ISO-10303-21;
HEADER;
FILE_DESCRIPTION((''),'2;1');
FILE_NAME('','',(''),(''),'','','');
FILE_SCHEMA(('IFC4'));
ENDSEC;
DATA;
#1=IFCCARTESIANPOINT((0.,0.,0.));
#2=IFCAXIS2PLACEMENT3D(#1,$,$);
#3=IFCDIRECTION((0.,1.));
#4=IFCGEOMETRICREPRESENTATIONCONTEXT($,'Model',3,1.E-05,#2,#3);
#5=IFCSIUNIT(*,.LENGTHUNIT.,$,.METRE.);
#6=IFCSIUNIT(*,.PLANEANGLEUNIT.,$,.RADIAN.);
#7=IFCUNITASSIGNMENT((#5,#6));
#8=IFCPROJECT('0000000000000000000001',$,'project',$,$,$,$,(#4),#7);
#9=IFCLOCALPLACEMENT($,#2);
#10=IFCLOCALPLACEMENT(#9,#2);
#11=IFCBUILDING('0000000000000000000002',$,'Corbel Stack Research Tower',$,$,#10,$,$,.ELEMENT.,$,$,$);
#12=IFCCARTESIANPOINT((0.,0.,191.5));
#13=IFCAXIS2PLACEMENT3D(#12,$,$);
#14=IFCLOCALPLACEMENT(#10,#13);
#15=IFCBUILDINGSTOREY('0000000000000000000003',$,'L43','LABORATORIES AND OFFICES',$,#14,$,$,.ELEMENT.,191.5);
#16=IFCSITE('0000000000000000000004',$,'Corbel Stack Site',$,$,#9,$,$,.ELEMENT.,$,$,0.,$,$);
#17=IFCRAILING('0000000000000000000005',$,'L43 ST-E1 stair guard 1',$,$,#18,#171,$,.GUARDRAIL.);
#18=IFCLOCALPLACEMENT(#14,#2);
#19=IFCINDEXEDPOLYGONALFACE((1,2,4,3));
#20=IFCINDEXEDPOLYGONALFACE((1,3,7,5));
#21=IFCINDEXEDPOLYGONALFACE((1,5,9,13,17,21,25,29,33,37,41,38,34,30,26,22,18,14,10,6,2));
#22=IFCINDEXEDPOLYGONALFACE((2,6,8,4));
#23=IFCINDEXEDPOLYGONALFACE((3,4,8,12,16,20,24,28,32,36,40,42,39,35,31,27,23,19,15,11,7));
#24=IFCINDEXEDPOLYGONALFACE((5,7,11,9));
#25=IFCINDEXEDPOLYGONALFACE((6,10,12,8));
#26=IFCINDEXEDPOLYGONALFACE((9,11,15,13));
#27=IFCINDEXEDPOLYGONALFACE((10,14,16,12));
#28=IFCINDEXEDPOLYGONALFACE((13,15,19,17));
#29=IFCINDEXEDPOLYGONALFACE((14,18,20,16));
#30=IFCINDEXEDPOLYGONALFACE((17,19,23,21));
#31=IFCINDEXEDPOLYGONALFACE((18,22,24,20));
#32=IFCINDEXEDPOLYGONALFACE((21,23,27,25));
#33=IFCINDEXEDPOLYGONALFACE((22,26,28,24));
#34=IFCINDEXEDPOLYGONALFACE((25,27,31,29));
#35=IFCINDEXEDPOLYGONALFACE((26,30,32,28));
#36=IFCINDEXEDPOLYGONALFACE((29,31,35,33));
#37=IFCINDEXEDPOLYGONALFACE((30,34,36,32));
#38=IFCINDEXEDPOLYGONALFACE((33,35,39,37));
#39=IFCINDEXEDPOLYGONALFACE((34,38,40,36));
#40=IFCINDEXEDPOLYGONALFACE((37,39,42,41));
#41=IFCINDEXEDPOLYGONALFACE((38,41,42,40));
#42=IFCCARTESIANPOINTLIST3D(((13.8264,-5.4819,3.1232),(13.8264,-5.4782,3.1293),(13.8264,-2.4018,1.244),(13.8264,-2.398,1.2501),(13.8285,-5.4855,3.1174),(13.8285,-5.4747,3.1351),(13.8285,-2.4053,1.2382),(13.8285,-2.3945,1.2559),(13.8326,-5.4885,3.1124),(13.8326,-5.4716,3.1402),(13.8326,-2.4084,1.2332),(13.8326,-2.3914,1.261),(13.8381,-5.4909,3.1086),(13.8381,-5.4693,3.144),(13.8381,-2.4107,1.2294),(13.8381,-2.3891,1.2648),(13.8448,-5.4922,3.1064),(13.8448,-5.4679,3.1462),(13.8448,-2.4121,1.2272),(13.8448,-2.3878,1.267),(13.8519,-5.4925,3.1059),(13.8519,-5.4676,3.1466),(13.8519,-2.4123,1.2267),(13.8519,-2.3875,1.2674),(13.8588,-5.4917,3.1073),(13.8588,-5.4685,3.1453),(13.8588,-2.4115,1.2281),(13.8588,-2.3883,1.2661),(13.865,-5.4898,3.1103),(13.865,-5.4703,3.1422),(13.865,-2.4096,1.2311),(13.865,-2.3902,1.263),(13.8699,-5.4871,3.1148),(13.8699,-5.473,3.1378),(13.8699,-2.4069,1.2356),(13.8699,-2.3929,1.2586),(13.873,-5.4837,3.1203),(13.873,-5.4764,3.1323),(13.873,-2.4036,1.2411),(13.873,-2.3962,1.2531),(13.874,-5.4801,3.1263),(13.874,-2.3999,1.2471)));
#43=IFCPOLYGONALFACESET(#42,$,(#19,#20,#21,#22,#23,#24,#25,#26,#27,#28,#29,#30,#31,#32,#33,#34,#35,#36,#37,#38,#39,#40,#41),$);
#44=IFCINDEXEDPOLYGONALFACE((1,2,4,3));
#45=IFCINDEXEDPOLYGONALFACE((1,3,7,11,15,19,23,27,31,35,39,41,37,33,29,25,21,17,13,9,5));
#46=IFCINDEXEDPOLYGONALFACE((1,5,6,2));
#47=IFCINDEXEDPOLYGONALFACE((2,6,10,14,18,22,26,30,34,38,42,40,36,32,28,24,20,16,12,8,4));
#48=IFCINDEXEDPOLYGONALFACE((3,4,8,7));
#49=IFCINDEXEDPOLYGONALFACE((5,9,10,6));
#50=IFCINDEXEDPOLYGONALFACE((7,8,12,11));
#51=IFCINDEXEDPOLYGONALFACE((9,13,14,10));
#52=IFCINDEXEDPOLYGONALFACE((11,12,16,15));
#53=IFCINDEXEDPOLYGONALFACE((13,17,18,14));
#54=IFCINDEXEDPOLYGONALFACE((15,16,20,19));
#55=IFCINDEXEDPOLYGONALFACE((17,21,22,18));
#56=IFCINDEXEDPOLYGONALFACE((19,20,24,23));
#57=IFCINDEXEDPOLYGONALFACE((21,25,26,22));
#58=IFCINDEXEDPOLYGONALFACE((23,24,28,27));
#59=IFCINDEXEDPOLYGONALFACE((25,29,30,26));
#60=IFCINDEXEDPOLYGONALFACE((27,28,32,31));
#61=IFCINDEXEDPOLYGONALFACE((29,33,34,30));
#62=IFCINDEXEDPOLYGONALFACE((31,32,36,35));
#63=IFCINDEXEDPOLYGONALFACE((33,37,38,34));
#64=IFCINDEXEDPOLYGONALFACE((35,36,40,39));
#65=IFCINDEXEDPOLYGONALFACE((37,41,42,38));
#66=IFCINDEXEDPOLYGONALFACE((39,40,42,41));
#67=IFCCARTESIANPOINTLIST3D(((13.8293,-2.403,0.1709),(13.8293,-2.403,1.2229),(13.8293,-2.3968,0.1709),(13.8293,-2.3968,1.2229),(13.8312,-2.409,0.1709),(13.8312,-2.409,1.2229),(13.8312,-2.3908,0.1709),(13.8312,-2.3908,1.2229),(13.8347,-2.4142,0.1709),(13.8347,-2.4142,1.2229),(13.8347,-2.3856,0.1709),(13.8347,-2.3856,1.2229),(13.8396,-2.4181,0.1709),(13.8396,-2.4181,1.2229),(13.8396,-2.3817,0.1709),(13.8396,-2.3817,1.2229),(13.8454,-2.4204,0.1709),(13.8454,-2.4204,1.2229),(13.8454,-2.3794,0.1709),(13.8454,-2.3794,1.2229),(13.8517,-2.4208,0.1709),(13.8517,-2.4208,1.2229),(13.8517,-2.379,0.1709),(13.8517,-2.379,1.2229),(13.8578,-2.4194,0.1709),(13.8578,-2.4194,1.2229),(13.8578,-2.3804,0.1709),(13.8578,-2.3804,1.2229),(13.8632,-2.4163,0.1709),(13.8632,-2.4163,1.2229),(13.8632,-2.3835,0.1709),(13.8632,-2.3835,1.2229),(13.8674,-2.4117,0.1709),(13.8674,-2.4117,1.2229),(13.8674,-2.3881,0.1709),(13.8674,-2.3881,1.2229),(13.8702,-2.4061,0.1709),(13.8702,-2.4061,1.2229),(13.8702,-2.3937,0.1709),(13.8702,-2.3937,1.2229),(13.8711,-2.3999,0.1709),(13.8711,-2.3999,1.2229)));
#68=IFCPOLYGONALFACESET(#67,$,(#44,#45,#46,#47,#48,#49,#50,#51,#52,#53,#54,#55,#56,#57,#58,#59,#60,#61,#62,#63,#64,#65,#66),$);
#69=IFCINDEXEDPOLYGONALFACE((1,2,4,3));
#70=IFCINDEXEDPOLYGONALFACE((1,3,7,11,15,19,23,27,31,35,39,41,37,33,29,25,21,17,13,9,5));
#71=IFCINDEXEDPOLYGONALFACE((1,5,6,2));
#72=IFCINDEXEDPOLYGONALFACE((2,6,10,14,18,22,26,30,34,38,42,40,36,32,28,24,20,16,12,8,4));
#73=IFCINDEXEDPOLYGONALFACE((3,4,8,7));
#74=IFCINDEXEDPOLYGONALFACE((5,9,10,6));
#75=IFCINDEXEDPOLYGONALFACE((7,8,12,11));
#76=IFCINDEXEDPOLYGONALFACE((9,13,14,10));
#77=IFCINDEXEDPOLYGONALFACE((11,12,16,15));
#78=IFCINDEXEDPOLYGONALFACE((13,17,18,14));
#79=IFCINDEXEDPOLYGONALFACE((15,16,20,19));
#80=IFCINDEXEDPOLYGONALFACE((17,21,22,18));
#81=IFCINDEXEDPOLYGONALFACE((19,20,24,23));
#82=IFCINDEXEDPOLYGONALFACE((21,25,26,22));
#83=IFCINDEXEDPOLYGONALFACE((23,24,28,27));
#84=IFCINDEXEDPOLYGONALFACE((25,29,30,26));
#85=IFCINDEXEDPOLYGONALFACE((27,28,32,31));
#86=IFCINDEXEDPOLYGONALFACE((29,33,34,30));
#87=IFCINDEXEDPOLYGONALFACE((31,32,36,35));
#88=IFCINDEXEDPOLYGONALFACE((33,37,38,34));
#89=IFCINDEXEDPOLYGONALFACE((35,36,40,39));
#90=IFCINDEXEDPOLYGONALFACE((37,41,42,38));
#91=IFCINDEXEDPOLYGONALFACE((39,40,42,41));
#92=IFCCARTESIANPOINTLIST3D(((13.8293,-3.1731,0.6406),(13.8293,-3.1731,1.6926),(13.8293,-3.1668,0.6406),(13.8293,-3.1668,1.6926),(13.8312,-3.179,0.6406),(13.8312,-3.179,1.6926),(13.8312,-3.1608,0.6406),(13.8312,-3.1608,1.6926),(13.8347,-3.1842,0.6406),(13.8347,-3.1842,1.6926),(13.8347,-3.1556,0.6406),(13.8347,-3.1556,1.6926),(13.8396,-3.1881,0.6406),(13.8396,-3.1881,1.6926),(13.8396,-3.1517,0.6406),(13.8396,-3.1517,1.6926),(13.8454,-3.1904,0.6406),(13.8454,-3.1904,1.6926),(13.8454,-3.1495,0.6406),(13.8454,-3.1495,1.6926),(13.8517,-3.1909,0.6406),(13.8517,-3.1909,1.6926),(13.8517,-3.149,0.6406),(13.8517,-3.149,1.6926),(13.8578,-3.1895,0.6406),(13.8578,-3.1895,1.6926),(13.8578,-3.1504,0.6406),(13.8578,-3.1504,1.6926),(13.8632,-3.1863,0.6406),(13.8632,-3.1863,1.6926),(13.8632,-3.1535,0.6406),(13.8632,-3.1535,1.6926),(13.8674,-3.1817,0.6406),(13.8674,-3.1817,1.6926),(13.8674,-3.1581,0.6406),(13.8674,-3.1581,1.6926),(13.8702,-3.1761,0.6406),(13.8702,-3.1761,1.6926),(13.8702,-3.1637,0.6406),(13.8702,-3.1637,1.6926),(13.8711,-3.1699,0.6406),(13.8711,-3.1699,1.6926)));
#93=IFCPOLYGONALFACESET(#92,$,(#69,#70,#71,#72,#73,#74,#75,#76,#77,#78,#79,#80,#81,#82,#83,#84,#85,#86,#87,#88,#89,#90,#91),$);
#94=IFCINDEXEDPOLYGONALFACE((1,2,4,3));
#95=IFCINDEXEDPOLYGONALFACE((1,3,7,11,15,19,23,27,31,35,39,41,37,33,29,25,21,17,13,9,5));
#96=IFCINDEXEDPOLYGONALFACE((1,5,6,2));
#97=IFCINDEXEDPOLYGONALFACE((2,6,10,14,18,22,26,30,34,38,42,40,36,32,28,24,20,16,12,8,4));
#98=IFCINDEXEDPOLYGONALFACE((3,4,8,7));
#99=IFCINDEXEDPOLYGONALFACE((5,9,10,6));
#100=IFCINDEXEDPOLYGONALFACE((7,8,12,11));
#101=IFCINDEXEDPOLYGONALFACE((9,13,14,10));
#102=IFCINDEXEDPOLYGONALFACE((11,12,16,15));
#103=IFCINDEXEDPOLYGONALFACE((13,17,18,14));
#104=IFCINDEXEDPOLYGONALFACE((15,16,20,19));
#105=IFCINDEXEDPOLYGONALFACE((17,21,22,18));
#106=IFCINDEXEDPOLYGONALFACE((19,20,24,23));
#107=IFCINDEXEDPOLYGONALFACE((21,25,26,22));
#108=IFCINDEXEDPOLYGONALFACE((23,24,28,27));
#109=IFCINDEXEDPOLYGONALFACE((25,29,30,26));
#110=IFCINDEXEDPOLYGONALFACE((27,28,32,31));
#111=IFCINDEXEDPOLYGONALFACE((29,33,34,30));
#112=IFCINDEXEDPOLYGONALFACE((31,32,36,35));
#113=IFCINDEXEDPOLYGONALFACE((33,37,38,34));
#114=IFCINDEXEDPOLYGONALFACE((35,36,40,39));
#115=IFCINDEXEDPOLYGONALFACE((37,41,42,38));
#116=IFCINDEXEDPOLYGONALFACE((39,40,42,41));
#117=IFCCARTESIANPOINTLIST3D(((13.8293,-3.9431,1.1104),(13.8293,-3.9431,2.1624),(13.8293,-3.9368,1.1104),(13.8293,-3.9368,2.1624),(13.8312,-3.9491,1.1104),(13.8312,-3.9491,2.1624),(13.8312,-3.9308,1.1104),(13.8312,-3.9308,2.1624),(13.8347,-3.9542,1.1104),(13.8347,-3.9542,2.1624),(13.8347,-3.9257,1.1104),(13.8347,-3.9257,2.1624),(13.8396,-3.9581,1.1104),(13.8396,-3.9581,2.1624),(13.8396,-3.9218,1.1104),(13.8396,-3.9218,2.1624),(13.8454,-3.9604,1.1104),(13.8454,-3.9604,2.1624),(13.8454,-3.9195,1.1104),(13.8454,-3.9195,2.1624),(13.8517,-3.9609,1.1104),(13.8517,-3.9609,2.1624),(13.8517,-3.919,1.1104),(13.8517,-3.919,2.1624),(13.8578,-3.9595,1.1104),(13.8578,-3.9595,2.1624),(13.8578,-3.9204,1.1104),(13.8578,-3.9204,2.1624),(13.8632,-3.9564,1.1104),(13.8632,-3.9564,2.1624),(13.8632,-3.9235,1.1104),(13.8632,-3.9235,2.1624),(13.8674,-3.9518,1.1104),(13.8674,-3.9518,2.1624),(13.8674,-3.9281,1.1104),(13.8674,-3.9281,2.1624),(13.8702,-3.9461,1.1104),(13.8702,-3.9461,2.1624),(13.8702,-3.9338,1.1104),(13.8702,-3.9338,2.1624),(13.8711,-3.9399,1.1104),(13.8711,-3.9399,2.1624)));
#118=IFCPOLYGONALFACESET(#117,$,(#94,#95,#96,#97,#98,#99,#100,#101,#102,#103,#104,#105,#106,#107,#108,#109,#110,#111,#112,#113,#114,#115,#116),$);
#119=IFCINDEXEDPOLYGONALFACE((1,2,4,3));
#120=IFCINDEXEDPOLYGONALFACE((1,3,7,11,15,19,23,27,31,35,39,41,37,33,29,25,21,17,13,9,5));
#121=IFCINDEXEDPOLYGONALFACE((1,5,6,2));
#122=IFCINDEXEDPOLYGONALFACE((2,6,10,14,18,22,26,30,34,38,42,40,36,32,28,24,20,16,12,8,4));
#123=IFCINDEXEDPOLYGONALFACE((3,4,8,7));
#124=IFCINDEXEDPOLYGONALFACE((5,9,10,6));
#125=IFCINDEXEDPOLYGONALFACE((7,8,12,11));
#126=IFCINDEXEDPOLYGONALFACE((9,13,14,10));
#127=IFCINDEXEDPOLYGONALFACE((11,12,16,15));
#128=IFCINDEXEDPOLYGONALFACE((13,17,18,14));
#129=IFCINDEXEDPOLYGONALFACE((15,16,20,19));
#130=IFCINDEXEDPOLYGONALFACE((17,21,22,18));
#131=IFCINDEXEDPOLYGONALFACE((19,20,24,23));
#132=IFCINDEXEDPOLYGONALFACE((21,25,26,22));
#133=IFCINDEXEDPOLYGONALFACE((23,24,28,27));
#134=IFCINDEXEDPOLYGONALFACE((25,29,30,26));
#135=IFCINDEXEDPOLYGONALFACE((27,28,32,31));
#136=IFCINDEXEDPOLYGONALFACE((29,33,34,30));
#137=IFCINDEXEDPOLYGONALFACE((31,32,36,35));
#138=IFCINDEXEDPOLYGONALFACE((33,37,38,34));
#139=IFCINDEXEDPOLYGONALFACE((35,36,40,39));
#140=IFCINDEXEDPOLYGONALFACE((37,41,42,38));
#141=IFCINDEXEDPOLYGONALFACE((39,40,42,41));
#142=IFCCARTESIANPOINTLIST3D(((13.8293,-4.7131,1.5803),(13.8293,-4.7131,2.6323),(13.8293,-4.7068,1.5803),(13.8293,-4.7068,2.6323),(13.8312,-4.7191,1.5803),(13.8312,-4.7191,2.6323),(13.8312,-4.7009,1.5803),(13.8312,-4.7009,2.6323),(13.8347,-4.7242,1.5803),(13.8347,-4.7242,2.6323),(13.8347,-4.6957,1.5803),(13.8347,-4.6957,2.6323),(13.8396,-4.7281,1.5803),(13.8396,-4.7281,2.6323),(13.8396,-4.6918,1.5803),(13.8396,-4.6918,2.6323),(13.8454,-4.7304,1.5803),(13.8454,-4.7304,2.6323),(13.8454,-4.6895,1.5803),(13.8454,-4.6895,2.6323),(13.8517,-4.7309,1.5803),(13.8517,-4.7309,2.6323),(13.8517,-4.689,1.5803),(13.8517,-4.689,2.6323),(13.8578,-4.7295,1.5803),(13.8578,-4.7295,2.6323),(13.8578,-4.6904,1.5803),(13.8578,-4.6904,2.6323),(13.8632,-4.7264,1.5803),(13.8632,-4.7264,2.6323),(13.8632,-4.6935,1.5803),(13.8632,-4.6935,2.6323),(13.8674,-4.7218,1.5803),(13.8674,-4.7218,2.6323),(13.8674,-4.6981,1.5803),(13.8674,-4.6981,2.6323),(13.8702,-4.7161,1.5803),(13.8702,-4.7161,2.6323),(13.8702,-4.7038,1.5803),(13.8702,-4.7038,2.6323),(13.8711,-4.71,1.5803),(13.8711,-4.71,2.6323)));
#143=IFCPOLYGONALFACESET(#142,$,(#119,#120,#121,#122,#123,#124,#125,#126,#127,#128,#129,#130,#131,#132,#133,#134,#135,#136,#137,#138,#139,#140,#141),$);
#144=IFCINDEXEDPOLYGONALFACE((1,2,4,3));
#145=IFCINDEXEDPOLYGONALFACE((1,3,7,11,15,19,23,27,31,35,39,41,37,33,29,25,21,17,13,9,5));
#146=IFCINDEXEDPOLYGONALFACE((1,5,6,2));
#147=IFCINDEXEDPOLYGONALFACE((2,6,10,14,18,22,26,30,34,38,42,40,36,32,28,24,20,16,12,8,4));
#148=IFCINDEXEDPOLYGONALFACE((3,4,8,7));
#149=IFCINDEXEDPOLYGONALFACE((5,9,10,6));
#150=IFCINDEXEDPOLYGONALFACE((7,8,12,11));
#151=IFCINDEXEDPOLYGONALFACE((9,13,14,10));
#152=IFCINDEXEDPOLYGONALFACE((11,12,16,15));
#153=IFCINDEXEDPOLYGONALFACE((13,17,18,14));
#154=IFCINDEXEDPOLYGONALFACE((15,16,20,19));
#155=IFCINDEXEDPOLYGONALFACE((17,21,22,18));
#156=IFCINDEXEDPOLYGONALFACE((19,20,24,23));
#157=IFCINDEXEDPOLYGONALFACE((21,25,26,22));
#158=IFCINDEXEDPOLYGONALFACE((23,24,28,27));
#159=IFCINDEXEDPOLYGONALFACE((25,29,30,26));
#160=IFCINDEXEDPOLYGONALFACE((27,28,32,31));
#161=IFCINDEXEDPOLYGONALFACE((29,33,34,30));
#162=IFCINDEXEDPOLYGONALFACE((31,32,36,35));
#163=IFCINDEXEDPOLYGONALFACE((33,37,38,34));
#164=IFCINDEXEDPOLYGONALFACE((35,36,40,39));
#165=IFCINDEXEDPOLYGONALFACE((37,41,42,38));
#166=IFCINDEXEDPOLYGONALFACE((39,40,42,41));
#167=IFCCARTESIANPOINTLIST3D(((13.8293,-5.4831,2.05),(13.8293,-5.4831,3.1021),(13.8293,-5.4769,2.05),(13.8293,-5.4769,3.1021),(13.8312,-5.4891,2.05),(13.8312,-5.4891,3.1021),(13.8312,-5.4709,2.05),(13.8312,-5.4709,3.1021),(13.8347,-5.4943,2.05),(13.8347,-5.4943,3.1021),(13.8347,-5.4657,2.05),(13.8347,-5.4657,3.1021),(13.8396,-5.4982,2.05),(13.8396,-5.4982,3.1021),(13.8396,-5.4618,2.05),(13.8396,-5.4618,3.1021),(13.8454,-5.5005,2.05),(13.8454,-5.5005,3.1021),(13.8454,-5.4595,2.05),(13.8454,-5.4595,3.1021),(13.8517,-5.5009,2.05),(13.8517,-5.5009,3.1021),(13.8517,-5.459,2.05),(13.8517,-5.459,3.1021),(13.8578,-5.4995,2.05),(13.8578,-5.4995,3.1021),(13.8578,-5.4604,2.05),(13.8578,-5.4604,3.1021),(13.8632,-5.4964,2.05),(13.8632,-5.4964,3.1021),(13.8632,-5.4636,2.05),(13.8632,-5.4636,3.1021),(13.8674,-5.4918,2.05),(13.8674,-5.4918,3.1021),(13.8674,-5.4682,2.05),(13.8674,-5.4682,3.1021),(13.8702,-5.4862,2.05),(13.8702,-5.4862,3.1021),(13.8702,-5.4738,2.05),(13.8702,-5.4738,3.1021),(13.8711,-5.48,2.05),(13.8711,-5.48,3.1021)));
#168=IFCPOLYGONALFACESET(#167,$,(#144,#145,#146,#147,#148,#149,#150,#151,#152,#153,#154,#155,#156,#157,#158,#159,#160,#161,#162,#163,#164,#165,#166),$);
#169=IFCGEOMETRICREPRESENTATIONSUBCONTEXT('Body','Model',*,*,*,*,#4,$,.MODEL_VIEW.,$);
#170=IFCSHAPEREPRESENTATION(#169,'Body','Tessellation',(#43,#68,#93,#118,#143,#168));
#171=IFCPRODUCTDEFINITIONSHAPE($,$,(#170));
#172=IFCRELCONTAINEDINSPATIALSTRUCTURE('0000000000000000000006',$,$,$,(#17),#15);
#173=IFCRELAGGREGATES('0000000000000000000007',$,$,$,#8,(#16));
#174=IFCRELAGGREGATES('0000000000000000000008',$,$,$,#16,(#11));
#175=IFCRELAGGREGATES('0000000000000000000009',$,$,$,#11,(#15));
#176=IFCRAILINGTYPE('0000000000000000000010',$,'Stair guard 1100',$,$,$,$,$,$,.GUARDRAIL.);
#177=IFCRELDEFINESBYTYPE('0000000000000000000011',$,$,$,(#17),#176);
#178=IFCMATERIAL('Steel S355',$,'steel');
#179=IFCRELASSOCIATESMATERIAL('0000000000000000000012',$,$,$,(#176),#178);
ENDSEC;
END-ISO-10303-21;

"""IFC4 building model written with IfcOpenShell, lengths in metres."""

from ifc_helpers import new_model, si_unit, direction, frame, origin, origin_2d, place, context, subcontext, project, spatial, circle, extrude, material, type_object, element, save


model = new_model("IFC4")

# Units and contexts
model_context = context("Model", 3, precision=1e-05, world=origin(), true_north=direction((0.0, 1.0)))
body_context = subcontext(model_context, "Body", "Model", "MODEL_VIEW")
ifc_project = project(units=[si_unit("LENGTHUNIT", "METRE"), si_unit("PLANEANGLEUNIT", "RADIAN")], contexts=[model_context])

# Site, building, storey
site_placement = place(None, origin())
site = spatial("IfcSite", under=ifc_project, at=site_placement, Name="Corbel Stack Site", CompositionType="ELEMENT", RefElevation=0.0)
building_placement = place(site_placement, origin())
building = spatial("IfcBuilding", under=site, at=building_placement, Name="Corbel Stack Research Tower", CompositionType="ELEMENT")
storey_placement = place(building_placement, frame((0.0, 0.0, 191.5)))
storey = spatial("IfcBuildingStorey", under=building, at=storey_placement, Name="L43", Description="LABORATORIES AND OFFICES", CompositionType="ELEMENT", Elevation=191.5)

# Railing
ifc_material_1 = material(Name="Steel S355", Category="steel")
railing_type_1 = type_object("IfcRailingType", Name="Stair guard 1100", PredefinedType="GUARDRAIL", material=ifc_material_1)
railing_1_placement = place(storey_placement, frame((13.8501, -2.3999, 0.1709)))
element("IfcRailing", 1, at=railing_1_placement, inside=storey, type_object=railing_type_1, Name="L43 ST-E1 stair guard 1", PredefinedType="GUARDRAIL", context=body_context, shape_type="SweptSolid", body=[
    extrude(circle(Radius=0.0239, at=origin_2d()), frame((0.0, 0.0, 1.0762), z_axis=(0.0, -0.853666, 0.52082), x_axis=(1.0, 0.0, 0.0)), (0.0, 0.0, 1.0), 3.6082),
    extrude(circle(Radius=0.021, at=origin_2d()), origin(), (0.0, 0.0, 1.0), 1.052),
    extrude(circle(Radius=0.021, at=origin_2d()), frame((0.0, -0.77, 0.4697)), (0.0, 0.0, 1.0), 1.052),
    extrude(circle(Radius=0.021, at=origin_2d()), frame((0.0, -1.54, 0.9395)), (0.0, 0.0, 1.0), 1.052),
    extrude(circle(Radius=0.021, at=origin_2d()), frame((0.0, -2.3101, 1.4094)), (0.0, 0.0, 1.0), 1.052),
    extrude(circle(Radius=0.021, at=origin_2d()), frame((0.0, -3.0801, 1.8792)), (0.0, 0.0, 1.0), 1.052),
])

save(model, "model.ifc")
